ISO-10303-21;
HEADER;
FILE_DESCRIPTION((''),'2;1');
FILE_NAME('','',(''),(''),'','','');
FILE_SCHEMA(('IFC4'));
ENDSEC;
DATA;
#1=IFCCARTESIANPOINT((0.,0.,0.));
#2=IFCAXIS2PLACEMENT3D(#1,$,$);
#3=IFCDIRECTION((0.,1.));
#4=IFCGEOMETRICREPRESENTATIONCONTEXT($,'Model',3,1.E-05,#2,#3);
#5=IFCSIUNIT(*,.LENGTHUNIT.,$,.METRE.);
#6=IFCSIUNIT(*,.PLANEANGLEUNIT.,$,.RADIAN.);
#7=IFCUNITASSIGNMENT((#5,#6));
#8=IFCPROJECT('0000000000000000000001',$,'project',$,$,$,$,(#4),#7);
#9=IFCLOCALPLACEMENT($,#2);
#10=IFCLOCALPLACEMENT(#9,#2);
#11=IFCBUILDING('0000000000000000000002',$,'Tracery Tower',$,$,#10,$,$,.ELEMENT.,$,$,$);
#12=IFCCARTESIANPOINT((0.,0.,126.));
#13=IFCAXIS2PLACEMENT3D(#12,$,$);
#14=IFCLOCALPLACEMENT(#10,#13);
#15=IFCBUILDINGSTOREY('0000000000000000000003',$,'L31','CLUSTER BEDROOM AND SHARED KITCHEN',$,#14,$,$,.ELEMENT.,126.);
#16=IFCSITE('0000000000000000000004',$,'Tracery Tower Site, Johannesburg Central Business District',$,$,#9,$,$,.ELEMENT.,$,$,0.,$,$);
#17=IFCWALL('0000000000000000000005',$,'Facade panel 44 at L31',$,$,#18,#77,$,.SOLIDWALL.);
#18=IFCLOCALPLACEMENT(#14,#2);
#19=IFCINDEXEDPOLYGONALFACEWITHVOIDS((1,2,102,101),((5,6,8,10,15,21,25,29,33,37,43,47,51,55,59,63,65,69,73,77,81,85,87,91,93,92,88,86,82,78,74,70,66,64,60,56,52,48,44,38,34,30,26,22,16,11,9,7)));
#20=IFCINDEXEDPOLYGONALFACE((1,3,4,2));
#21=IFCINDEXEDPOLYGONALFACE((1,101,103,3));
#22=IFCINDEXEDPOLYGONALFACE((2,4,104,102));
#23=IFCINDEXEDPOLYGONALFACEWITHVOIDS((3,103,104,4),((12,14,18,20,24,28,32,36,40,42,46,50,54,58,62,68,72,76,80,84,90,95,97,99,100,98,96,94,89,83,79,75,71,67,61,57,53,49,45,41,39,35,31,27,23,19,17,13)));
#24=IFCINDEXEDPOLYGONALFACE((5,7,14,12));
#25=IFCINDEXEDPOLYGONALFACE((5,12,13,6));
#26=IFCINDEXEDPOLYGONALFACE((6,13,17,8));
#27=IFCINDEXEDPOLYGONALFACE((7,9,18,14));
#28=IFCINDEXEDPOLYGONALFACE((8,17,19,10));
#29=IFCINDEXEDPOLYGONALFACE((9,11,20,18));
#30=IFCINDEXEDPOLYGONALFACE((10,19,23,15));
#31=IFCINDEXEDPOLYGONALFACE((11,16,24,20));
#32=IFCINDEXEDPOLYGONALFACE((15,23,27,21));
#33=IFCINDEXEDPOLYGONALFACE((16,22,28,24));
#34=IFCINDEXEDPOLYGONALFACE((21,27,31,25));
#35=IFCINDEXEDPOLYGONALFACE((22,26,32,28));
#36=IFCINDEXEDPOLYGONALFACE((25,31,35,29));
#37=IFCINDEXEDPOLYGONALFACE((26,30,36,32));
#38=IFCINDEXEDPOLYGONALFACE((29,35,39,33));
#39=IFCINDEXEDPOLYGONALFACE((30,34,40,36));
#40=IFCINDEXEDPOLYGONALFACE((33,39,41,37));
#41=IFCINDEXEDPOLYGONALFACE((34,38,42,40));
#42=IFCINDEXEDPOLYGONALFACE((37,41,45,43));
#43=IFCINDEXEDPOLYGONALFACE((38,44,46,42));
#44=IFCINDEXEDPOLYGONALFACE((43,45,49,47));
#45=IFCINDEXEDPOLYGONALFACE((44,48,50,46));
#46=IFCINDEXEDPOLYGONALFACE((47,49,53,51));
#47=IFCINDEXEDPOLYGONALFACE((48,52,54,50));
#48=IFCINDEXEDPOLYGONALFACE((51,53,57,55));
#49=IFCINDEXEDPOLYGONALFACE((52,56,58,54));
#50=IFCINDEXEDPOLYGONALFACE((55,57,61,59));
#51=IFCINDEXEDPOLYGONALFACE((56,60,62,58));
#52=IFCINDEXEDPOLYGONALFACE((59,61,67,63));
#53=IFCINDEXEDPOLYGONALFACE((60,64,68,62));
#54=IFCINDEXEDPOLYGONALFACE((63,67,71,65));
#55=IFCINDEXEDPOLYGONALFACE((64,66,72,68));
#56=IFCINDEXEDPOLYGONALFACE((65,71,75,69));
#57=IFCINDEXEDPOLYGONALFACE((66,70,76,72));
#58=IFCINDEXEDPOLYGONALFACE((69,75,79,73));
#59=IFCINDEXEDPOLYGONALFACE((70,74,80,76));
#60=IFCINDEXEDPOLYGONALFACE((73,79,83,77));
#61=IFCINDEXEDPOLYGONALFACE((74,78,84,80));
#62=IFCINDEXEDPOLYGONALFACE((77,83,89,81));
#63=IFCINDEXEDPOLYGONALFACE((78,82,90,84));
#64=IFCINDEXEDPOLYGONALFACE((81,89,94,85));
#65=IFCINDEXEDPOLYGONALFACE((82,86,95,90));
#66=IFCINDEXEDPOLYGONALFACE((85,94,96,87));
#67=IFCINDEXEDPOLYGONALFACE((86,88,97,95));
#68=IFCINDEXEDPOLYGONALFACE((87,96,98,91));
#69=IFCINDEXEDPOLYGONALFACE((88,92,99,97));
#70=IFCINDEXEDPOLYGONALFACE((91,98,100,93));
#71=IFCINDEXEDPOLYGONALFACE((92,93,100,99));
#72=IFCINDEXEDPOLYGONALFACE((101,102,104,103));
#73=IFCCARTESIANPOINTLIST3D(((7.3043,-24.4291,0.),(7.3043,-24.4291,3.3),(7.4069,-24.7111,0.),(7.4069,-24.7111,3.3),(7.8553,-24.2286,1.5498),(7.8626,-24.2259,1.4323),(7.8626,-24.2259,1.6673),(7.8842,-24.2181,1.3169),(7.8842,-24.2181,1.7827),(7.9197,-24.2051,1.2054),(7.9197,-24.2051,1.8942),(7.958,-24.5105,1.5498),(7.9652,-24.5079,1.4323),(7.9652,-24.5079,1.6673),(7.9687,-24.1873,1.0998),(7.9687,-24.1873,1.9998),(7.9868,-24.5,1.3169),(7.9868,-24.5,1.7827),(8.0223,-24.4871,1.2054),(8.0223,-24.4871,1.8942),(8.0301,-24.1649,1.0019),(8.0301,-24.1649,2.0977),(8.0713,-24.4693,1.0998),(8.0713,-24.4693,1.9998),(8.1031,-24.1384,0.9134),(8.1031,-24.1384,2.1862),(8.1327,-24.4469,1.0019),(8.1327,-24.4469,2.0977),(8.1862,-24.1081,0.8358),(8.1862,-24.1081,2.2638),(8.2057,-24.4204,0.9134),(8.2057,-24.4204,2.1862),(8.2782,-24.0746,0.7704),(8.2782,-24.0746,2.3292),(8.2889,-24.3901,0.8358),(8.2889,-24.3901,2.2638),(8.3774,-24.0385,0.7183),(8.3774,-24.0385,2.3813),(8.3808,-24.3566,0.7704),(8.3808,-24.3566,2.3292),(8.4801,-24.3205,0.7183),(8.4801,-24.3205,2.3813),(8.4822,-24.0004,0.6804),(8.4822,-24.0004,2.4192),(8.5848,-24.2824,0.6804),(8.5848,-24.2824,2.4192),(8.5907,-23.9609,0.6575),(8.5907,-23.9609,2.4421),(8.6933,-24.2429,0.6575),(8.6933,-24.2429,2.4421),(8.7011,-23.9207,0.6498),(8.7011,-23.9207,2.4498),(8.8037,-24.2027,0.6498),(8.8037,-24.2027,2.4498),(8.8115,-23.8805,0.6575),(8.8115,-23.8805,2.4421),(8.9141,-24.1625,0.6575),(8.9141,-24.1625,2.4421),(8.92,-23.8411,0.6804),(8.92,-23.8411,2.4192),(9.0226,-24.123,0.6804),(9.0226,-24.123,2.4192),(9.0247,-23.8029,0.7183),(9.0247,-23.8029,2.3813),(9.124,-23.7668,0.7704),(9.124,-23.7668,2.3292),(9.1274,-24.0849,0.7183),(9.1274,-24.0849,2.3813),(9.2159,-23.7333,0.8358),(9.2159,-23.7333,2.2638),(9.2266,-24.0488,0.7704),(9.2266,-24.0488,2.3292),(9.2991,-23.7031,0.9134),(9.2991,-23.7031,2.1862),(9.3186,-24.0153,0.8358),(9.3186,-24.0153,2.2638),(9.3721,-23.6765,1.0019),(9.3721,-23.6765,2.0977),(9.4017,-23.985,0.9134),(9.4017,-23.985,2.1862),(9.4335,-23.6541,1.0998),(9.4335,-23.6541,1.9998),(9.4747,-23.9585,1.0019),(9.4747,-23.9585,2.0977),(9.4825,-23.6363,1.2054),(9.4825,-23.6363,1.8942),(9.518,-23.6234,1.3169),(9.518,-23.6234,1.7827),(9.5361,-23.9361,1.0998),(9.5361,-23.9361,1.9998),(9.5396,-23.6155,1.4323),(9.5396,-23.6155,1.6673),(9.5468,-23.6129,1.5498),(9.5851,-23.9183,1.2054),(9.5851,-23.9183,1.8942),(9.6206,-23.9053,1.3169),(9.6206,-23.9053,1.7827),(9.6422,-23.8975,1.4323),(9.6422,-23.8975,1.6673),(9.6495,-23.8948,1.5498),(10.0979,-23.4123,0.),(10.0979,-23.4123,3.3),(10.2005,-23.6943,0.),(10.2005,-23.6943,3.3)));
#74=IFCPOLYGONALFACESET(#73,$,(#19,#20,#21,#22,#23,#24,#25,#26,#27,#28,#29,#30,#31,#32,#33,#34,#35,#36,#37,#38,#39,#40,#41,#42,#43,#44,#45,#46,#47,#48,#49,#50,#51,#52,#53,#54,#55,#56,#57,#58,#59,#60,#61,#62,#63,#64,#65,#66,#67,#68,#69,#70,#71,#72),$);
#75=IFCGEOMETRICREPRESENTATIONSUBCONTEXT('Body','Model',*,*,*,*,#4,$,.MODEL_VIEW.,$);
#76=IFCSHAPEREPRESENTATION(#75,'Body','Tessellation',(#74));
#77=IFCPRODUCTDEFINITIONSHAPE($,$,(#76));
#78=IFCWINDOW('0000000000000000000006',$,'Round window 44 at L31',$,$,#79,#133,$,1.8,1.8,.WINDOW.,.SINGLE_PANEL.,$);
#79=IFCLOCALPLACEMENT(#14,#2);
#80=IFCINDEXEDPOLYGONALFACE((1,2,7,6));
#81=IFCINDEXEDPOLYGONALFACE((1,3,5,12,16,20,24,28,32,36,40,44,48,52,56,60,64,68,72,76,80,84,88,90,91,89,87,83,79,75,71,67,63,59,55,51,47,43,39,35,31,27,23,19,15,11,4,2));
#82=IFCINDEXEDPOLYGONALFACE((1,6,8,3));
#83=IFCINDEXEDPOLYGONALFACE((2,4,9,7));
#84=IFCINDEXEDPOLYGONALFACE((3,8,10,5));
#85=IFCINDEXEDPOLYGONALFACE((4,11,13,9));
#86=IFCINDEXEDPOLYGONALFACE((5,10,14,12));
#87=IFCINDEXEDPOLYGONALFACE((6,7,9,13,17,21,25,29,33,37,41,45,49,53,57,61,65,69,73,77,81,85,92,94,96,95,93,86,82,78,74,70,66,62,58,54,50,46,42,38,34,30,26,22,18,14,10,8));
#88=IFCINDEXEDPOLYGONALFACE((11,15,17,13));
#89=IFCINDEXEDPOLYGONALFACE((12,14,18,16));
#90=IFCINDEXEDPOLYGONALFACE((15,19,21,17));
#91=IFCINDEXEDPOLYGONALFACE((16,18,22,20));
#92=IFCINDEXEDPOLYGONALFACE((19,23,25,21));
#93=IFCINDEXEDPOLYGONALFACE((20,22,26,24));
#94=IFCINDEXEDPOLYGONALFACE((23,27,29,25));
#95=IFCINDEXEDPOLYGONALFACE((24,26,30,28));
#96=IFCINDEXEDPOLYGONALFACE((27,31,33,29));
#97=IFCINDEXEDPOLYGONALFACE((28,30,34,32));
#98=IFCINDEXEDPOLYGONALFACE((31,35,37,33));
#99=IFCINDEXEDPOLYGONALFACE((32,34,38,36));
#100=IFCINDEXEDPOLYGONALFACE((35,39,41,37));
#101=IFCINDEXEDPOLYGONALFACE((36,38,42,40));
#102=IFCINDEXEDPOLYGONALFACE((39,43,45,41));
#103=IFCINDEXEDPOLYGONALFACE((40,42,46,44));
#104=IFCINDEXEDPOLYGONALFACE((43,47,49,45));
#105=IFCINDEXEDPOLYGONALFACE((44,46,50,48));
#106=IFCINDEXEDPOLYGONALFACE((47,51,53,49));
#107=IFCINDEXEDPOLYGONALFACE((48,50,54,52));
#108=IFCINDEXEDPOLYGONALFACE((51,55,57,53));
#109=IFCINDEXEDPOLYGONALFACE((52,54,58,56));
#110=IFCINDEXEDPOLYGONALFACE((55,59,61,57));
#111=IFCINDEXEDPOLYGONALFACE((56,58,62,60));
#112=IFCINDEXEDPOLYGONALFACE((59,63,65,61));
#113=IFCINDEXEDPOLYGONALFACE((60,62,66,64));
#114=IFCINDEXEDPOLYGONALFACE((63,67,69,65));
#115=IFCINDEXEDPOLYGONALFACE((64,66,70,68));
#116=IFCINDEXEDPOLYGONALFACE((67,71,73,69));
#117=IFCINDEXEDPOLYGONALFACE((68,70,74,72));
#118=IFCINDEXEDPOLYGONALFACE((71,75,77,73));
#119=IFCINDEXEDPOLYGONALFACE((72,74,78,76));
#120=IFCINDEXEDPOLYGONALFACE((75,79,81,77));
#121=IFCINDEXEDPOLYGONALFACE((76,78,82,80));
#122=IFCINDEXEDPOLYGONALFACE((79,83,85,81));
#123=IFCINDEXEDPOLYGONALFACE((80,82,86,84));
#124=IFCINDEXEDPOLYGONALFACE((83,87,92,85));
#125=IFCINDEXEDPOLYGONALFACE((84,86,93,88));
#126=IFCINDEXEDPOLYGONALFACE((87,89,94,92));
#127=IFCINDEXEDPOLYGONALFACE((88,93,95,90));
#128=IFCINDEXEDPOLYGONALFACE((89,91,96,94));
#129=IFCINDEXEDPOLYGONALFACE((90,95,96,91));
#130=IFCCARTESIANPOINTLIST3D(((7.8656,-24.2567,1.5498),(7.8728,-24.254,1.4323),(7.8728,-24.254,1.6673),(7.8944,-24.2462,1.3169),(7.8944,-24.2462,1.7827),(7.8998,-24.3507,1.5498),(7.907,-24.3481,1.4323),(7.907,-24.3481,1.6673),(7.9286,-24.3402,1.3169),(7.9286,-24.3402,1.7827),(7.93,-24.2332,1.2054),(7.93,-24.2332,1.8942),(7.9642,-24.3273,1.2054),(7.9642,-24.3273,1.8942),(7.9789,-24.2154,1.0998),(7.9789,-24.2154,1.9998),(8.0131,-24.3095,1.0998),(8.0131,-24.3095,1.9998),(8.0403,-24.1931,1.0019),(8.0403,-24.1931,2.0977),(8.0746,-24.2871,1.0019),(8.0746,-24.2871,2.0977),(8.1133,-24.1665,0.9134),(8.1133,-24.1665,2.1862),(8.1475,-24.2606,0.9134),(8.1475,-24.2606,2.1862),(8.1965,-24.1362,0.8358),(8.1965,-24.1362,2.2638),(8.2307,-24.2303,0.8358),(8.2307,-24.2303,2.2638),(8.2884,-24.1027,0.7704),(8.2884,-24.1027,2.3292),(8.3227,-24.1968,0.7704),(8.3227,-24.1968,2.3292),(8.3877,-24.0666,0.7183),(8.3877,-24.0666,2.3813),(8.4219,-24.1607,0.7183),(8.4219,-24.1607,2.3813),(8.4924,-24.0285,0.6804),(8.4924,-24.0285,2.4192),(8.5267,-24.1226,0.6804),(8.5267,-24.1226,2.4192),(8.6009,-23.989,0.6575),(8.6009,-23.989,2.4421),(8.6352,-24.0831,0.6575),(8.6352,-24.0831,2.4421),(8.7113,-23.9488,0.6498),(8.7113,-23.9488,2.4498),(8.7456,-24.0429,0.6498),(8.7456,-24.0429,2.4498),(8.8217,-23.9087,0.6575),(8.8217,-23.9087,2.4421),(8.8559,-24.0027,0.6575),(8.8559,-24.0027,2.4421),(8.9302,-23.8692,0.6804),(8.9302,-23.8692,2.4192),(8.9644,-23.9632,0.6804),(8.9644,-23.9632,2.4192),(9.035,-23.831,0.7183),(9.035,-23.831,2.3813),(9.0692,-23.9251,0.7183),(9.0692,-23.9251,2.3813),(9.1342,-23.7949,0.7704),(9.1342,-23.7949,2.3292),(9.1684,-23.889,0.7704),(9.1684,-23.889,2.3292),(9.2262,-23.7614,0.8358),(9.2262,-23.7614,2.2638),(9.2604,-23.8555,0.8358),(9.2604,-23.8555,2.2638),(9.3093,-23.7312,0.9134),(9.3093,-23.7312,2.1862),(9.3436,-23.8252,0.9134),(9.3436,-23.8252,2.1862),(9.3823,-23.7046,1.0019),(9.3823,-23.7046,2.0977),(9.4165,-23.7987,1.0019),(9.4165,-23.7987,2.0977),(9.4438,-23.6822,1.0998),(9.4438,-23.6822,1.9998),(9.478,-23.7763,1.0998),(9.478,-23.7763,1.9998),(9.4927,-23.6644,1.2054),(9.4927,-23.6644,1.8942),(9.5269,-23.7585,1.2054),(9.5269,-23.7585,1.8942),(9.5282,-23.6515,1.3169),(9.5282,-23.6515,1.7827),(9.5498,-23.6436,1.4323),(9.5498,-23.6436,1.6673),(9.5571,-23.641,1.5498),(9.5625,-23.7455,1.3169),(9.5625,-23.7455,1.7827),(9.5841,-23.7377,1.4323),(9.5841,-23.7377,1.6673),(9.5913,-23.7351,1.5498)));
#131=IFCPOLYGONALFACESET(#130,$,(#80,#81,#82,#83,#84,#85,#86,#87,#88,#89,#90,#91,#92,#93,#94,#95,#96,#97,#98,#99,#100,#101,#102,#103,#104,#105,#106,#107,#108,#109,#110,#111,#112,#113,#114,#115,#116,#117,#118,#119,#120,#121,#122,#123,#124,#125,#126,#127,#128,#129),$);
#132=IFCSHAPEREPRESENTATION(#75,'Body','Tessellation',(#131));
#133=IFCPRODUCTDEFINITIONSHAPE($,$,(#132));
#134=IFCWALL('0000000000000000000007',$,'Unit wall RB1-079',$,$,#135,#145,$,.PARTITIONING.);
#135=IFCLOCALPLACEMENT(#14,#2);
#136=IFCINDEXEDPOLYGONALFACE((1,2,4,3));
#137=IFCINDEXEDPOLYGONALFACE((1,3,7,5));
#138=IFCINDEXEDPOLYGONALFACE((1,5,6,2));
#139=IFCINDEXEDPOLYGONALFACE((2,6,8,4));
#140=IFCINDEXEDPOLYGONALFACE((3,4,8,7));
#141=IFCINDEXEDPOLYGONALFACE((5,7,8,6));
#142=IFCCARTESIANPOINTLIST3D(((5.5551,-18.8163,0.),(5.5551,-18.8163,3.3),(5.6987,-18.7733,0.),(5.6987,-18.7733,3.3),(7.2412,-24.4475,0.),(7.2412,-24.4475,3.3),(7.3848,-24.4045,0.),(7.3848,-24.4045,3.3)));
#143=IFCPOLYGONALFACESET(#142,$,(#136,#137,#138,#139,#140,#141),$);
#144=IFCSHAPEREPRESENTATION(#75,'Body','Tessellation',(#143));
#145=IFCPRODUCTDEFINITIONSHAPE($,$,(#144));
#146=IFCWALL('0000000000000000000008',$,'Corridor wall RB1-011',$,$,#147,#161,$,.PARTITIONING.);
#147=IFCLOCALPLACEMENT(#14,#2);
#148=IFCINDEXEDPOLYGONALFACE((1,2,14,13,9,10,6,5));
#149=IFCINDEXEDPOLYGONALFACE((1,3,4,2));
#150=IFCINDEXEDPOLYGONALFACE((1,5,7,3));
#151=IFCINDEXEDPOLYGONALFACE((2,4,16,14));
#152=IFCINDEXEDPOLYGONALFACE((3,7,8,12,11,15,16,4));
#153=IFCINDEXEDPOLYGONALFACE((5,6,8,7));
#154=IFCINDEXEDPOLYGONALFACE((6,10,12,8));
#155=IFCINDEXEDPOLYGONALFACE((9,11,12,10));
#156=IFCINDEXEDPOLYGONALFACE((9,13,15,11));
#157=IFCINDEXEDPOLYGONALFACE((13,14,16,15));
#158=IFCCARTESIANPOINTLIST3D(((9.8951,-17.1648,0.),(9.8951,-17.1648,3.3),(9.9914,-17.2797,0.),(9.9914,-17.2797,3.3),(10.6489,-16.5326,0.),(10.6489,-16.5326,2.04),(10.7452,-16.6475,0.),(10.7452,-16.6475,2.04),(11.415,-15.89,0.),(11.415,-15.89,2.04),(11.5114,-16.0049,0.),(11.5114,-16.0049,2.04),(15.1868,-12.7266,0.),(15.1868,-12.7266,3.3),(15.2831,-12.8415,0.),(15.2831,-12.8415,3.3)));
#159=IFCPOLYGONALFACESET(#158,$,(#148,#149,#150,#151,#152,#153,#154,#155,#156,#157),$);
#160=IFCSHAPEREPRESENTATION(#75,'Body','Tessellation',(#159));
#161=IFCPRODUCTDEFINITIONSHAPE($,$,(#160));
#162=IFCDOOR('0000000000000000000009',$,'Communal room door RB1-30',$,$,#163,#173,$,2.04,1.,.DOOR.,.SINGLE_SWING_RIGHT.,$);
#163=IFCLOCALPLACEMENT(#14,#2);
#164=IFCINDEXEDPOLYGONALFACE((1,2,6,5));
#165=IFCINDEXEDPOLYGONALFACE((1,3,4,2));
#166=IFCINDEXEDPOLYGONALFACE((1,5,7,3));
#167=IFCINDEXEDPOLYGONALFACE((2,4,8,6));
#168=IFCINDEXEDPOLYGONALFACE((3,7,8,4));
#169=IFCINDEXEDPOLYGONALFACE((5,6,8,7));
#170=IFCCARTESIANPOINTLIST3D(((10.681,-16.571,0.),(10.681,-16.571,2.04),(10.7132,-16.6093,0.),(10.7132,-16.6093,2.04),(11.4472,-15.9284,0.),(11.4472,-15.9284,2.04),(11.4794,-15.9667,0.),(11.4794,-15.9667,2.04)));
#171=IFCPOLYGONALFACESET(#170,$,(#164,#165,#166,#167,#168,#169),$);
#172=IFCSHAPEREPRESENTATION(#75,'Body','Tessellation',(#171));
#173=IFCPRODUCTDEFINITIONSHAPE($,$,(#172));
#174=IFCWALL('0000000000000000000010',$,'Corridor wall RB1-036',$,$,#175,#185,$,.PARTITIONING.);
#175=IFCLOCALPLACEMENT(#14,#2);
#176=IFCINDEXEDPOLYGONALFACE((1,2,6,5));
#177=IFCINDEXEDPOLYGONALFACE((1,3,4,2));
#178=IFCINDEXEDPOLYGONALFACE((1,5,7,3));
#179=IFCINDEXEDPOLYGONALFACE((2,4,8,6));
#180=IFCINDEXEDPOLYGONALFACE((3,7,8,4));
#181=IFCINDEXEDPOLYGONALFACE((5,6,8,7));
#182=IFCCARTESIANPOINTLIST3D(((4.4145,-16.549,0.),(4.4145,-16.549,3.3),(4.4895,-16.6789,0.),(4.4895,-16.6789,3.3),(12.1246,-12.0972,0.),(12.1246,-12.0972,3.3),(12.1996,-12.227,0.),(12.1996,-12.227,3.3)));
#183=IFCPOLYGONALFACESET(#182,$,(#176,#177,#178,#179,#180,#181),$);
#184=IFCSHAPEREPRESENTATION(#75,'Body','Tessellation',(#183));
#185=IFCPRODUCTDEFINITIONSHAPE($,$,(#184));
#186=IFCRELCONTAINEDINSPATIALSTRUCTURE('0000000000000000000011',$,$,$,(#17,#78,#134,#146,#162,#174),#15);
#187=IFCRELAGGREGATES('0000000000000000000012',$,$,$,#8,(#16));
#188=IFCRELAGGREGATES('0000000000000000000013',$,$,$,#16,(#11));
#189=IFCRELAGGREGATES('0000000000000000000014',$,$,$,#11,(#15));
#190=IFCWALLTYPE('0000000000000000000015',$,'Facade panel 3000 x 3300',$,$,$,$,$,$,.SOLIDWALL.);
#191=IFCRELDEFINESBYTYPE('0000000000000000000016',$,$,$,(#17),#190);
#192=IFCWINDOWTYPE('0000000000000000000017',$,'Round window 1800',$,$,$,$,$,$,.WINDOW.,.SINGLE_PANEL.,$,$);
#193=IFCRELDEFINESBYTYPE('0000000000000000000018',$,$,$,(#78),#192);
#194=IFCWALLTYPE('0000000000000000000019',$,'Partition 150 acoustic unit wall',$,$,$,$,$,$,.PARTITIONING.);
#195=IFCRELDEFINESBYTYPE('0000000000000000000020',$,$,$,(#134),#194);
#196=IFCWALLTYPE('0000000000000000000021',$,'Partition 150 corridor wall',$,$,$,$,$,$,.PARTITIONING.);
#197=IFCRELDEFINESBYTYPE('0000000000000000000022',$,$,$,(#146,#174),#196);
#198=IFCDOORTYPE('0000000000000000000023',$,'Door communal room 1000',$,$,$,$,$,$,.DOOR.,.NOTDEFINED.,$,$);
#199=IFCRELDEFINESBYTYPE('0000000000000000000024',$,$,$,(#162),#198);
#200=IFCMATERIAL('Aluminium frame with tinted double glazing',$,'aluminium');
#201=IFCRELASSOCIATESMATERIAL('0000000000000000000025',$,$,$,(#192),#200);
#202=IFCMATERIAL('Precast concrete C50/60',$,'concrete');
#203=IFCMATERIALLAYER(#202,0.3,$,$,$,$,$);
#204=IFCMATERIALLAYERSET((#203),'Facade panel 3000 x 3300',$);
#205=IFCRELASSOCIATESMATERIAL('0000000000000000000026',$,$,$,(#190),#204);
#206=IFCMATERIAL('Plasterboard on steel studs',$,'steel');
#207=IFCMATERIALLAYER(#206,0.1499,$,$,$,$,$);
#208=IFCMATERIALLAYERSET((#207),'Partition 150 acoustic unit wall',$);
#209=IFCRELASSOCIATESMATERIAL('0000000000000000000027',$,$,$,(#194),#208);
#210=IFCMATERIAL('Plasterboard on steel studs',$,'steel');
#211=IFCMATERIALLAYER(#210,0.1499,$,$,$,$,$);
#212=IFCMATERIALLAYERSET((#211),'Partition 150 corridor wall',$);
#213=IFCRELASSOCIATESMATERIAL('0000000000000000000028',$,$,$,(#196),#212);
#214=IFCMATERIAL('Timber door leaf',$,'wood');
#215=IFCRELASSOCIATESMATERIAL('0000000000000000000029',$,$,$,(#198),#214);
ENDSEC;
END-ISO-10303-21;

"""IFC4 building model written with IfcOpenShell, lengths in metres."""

from ifc_helpers import new_model, si_unit, direction, frame, frame_2d, origin, origin_2d, place, context, subcontext, project, spatial, rectangle, circle, extrude, material, layer, layer_set, type_object, element, fill, save


model = new_model("IFC4")

# Units and contexts
model_context = context("Model", 3, precision=1e-05, world=origin(), true_north=direction((0.0, 1.0)))
body_context = subcontext(model_context, "Body", "Model", "MODEL_VIEW")
ifc_project = project(units=[si_unit("LENGTHUNIT", "METRE"), si_unit("PLANEANGLEUNIT", "RADIAN")], contexts=[model_context])

# Site, building, storey
site_placement = place(None, origin())
site = spatial("IfcSite", under=ifc_project, at=site_placement, Name="Tracery Tower Site, Johannesburg Central Business District", CompositionType="ELEMENT", RefElevation=0.0)
building_placement = place(site_placement, origin())
building = spatial("IfcBuilding", under=site, at=building_placement, Name="Tracery Tower", CompositionType="ELEMENT")
storey_placement = place(building_placement, frame((0.0, 0.0, 126.0)))
storey = spatial("IfcBuildingStorey", under=building, at=storey_placement, Name="L31", Description="CLUSTER BEDROOM AND SHARED KITCHEN", CompositionType="ELEMENT", Elevation=126.0)

# Wall, opening, window
ifc_material_1 = material(Name="Aluminium frame with tinted double glazing", Category="aluminium")
window_type = type_object("IfcWindowType", Name="Round window 1800", PartitioningType="SINGLE_PANEL", PredefinedType="WINDOW", material=ifc_material_1)
ifc_material_2 = material(Name="Precast concrete C50/60", Category="concrete")
ifc_layer_1 = layer(ifc_material_2, 0.3)
ifc_layer_set_1 = layer_set([ifc_layer_1], Name="Facade panel 3000 x 3300")
wall_type_1 = type_object("IfcWallType", Name="Facade panel 3000 x 3300", PredefinedType="SOLIDWALL", material=ifc_layer_set_1)
wall_1_placement = place(storey_placement, frame((7.3557, -24.5701, 0.0), z_axis=(0.0, 0.0, 1.0), x_axis=(0.93969, 0.342027, 0.0)))
wall_1 = element("IfcWall", 1, at=wall_1_placement, inside=storey, type_object=wall_type_1, Name="Facade panel 44 at L31", PredefinedType="SOLIDWALL", context=body_context, shape_type="SweptSolid", body=[
    extrude(rectangle(XDim=2.9729, YDim=0.3, at=frame_2d((1.4863, 0.0))), origin(), (0.0, 0.0, 1.0), 3.3),
])
opening_1_placement = place(wall_1_placement, frame((1.4863, 0.0, 1.5498)))
opening_1 = element("IfcOpeningElement", 2, at=opening_1_placement, cuts=wall_1, PredefinedType="OPENING", context=body_context, shape_type="SweptSolid", body=[
    extrude(circle(Radius=0.9, at=origin_2d()), frame((0.0, 0.1599, 0.0), z_axis=(0.0, -1.0, 0.0), x_axis=(1.0, 0.0, 0.0)), (0.0, 0.0, 1.0), 0.3201),
])
window_1_placement = place(opening_1_placement, origin())
window_1 = element("IfcWindow", 3, at=window_1_placement, inside=storey, type_object=window_type, Name="Round window 44 at L31", OverallHeight=1.8, OverallWidth=1.8, PartitioningType="SINGLE_PANEL", PredefinedType="WINDOW", context=body_context, shape_type="SweptSolid", body=[
    extrude(circle(Radius=0.9, at=origin_2d()), frame((0.0, 0.1201, 0.0), z_axis=(0.0, -1.0, 0.0), x_axis=(1.0, 0.0, 0.0)), (0.0, 0.0, 1.0), 0.1001),
])
fill(opening_1, window_1)

# Wall
ifc_material_3 = material(Name="Plasterboard on steel studs", Category="steel")
ifc_layer_2 = layer(ifc_material_3, 0.1499)
ifc_layer_set_2 = layer_set([ifc_layer_2], Name="Partition 150 acoustic unit wall")
wall_type_2 = type_object("IfcWallType", Name="Partition 150 acoustic unit wall", PredefinedType="PARTITIONING", material=ifc_layer_set_2)
wall_2_placement = place(storey_placement, frame((5.627, -18.7949, 0.0), z_axis=(0.0, 0.0, 1.0), x_axis=(0.286833, -0.95798, 0.0)))
element("IfcWall", 4, at=wall_2_placement, inside=storey, type_object=wall_type_2, Name="Unit wall RB1-079", PredefinedType="PARTITIONING", context=body_context, shape_type="SweptSolid", body=[
    extrude(rectangle(XDim=5.8782, YDim=0.1499, at=frame_2d((2.939, 0.0))), origin(), (0.0, 0.0, 1.0), 3.3),
])

# Wall, opening, door
ifc_material_4 = material(Name="Plasterboard on steel studs", Category="steel")
ifc_layer_3 = layer(ifc_material_4, 0.1499)
ifc_layer_set_3 = layer_set([ifc_layer_3], Name="Partition 150 corridor wall")
wall_type_3 = type_object("IfcWallType", Name="Partition 150 corridor wall", PredefinedType="PARTITIONING", material=ifc_layer_set_3)
wall_3_placement = place(storey_placement, frame((9.9434, -17.2222, 0.0), z_axis=(0.0, 0.0, 1.0), x_axis=(0.766192, 0.642612, 0.0)))
wall_3 = element("IfcWall", 5, at=wall_3_placement, inside=storey, type_object=wall_type_3, Name="Corridor wall RB1-011", PredefinedType="PARTITIONING", context=body_context, shape_type="SweptSolid", body=[
    extrude(rectangle(XDim=6.9065, YDim=0.1499, at=frame_2d((3.4531, 0.0))), origin(), (0.0, 0.0, 1.0), 3.3),
])
opening_2_placement = place(wall_3_placement, frame((0.9836, 0.0, 0.0)))
opening_2 = element("IfcOpeningElement", 6, at=opening_2_placement, cuts=wall_3, PredefinedType="OPENING", context=body_context, shape_type="SweptSolid", body=[
    extrude(rectangle(XDim=1.0, YDim=2.04, at=frame_2d((0.5, 1.02))), frame((0.0, 0.075, 0.0), z_axis=(0.0, -1.0, 0.0), x_axis=(1.0, 0.0, 0.0)), (0.0, 0.0, 1.0), 0.1499),
])
ifc_material_5 = material(Name="Timber door leaf", Category="wood")
door_type = type_object("IfcDoorType", Name="Door communal room 1000", OperationType="NOTDEFINED", PredefinedType="DOOR", material=ifc_material_5)
door_placement = place(opening_2_placement, origin())
door = element("IfcDoor", 7, at=door_placement, inside=storey, type_object=door_type, Name="Communal room door RB1-30", OperationType="SINGLE_SWING_RIGHT", OverallHeight=2.04, OverallWidth=1.0, PredefinedType="DOOR", context=body_context, shape_type="SweptSolid", body=[
    extrude(rectangle(XDim=1.0, YDim=2.04, at=frame_2d((0.5, 1.02))), frame((0.0, 0.0249, 0.0), z_axis=(0.0, -1.0, 0.0), x_axis=(1.0, 0.0, 0.0)), (0.0, 0.0, 1.0), 0.05),
])
fill(opening_2, door)

# Wall
wall_4_placement = place(storey_placement, frame((4.4519, -16.614, 0.0), z_axis=(0.0, 0.0, 1.0), x_axis=(0.866005, 0.500035, 0.0)))
element("IfcWall", 8, at=wall_4_placement, inside=storey, type_object=wall_type_3, Name="Corridor wall RB1-036", PredefinedType="PARTITIONING", context=body_context, shape_type="SweptSolid", body=[
    extrude(rectangle(XDim=8.9031, YDim=0.1499, at=frame_2d((4.4517, 0.0))), origin(), (0.0, 0.0, 1.0), 3.3),
])

save(model, "model.ifc")
